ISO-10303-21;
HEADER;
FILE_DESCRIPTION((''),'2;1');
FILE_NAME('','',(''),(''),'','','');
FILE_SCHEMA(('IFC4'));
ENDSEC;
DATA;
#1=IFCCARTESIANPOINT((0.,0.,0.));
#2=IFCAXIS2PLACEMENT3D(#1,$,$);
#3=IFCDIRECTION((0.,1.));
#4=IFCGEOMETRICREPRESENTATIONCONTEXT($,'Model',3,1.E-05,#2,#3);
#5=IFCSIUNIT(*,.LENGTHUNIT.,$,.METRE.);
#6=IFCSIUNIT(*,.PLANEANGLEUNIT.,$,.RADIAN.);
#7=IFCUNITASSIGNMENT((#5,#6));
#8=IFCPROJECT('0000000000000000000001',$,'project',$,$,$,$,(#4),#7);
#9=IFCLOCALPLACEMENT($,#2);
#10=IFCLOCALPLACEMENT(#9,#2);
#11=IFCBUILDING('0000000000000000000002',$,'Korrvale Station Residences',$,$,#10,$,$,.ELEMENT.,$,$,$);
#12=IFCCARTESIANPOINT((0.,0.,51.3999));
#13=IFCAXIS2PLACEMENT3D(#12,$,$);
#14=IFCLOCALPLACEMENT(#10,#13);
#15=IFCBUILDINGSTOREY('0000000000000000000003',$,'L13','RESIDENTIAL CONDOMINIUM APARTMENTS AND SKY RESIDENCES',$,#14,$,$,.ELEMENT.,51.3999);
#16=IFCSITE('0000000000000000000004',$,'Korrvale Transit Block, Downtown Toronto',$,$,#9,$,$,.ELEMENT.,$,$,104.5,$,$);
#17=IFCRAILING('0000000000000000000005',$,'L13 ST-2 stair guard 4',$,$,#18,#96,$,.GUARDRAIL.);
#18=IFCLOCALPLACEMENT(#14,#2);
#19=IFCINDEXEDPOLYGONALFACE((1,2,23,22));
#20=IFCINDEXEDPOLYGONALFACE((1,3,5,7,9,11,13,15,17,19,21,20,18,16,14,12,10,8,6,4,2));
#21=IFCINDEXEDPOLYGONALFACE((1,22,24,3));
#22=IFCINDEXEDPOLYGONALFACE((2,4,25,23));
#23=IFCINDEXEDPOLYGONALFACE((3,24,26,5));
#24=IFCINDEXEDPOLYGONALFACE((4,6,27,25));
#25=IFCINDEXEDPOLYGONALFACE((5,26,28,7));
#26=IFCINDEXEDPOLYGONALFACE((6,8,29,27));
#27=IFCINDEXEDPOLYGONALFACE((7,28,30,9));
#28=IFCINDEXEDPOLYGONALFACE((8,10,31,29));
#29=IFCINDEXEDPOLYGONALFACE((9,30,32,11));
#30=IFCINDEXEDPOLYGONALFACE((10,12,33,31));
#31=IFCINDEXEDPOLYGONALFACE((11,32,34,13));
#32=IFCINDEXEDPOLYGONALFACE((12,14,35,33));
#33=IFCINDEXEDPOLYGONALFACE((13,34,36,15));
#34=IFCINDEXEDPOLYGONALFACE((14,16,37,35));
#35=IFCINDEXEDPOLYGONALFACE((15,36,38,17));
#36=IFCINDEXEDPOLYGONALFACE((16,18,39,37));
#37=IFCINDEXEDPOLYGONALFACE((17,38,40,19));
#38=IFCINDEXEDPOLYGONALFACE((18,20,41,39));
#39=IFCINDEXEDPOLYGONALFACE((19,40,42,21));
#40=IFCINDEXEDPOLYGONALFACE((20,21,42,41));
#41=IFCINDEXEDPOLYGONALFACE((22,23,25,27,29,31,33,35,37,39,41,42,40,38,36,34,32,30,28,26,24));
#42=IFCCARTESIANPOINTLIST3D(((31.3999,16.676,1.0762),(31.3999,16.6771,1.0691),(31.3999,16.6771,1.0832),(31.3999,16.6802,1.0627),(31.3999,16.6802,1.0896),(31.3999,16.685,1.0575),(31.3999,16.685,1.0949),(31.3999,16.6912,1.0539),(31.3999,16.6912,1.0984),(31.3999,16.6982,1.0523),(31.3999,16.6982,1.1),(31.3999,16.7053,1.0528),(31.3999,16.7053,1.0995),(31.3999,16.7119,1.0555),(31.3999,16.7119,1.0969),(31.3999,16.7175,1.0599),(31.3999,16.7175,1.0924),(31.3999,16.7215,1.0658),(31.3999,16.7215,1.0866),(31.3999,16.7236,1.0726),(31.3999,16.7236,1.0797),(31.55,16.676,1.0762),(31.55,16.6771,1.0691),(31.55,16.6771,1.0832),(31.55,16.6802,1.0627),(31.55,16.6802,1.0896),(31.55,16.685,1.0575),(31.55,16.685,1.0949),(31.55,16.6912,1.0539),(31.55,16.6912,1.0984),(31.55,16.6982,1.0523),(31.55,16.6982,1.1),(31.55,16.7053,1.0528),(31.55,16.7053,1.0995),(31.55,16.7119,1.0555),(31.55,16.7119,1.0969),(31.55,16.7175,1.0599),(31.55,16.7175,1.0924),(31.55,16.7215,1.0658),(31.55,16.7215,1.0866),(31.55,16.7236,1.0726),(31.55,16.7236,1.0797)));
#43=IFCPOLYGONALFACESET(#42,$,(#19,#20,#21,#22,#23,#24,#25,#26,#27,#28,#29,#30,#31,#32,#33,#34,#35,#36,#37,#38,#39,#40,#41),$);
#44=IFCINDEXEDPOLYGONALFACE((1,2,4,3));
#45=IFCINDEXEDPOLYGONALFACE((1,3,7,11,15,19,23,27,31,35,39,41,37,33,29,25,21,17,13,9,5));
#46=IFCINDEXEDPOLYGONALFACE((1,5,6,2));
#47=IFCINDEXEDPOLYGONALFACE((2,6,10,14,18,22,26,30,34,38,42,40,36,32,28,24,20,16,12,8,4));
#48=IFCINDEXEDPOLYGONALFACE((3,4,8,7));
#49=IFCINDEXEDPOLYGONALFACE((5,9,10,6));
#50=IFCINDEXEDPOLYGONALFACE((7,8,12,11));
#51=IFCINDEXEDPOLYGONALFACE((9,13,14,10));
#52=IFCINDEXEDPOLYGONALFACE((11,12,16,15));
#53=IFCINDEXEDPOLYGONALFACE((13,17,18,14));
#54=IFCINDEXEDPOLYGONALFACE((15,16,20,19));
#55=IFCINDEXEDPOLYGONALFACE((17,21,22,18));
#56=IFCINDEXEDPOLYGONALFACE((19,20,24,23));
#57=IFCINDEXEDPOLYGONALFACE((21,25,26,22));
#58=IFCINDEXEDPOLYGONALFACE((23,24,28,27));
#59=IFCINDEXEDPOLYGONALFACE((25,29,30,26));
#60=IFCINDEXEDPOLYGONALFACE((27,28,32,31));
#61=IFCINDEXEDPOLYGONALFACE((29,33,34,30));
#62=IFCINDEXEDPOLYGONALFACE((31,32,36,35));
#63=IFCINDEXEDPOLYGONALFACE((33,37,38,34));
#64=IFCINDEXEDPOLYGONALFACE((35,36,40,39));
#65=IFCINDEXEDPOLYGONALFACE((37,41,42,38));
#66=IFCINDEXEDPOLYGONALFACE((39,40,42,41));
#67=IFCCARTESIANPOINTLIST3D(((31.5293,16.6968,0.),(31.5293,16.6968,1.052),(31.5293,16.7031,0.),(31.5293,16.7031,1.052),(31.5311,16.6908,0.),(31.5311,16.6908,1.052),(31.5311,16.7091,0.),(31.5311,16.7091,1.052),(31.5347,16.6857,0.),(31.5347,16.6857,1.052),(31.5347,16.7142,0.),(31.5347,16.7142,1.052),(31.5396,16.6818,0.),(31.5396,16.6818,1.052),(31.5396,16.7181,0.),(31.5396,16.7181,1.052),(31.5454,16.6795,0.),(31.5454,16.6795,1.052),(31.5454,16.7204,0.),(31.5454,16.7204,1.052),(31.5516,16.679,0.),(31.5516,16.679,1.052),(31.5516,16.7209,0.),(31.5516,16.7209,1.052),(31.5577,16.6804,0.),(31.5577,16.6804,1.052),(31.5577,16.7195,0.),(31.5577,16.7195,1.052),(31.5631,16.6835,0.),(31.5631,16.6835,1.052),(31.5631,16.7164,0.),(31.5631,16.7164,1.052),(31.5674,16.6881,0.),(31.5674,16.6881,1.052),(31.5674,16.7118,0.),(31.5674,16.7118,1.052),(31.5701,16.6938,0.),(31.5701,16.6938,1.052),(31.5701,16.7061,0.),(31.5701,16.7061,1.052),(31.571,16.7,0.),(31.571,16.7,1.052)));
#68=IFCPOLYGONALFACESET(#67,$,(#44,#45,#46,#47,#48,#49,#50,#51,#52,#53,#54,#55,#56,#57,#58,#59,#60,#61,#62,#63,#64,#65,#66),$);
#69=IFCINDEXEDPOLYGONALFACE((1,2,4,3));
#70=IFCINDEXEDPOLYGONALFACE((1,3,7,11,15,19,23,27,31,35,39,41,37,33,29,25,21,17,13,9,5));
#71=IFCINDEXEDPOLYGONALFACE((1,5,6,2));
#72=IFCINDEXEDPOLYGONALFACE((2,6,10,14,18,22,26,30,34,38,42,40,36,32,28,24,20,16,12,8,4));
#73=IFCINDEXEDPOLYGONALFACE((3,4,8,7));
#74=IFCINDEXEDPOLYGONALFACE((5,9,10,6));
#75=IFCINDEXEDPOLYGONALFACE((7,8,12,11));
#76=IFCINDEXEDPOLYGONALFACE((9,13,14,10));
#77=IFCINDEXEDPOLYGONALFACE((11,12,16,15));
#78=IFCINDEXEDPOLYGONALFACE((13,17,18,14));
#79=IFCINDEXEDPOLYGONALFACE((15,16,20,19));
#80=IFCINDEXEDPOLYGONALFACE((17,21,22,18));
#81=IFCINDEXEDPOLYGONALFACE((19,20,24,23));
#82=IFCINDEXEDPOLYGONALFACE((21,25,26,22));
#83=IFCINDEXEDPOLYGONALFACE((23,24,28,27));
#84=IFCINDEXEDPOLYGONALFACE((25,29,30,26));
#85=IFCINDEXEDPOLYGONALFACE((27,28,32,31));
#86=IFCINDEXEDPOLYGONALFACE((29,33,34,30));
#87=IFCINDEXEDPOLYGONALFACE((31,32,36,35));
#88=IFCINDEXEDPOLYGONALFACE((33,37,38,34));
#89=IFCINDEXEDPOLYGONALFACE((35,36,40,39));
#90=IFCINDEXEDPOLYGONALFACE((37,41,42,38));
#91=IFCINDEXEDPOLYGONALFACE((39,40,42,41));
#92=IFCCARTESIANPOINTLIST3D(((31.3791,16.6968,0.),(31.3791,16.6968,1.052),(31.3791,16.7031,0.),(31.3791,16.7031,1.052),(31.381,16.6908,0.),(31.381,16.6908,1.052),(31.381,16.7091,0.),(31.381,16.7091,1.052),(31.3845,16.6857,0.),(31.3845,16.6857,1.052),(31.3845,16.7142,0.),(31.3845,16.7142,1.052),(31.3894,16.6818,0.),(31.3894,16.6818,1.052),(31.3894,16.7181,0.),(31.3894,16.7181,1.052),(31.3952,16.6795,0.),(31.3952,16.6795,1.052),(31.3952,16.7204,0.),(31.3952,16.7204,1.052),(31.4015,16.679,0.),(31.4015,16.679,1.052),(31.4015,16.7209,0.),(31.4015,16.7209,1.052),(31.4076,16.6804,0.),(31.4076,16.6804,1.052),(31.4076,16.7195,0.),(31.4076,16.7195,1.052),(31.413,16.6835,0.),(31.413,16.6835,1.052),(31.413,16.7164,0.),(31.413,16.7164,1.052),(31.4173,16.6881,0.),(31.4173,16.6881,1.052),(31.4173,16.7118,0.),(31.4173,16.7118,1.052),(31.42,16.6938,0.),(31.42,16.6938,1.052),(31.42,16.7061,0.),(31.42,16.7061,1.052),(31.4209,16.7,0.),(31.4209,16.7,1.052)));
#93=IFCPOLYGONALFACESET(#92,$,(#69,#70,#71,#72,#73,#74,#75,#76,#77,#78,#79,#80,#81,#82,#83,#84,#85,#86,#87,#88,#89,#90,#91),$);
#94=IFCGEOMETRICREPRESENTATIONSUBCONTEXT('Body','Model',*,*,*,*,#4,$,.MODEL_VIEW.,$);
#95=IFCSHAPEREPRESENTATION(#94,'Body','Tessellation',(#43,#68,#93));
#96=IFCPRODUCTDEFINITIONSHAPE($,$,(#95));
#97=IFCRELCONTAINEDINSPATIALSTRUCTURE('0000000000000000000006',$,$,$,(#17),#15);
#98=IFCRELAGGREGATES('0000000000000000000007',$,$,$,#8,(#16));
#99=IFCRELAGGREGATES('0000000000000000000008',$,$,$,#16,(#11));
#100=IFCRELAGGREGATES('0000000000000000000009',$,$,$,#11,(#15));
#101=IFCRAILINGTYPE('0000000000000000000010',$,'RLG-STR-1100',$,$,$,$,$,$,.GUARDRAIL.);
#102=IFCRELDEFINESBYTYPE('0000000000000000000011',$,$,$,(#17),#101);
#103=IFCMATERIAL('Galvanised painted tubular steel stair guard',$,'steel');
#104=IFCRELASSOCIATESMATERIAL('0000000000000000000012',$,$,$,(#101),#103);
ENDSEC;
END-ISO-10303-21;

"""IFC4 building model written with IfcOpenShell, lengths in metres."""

from ifc_helpers import new_model, si_unit, direction, frame, origin, origin_2d, place, context, subcontext, project, spatial, circle, extrude, material, type_object, element, save


model = new_model("IFC4")

# Units and contexts
model_context = context("Model", 3, precision=1e-05, world=origin(), true_north=direction((0.0, 1.0)))
body_context = subcontext(model_context, "Body", "Model", "MODEL_VIEW")
ifc_project = project(units=[si_unit("LENGTHUNIT", "METRE"), si_unit("PLANEANGLEUNIT", "RADIAN")], contexts=[model_context])

# Site, building, storey
site_placement = place(None, origin())
site = spatial("IfcSite", under=ifc_project, at=site_placement, Name="Korrvale Transit Block, Downtown Toronto", CompositionType="ELEMENT", RefElevation=104.5)
building_placement = place(site_placement, origin())
building = spatial("IfcBuilding", under=site, at=building_placement, Name="Korrvale Station Residences", CompositionType="ELEMENT")
storey_placement = place(building_placement, frame((0.0, 0.0, 51.3999)))
storey = spatial("IfcBuildingStorey", under=building, at=storey_placement, Name="L13", Description="RESIDENTIAL CONDOMINIUM APARTMENTS AND SKY RESIDENCES", CompositionType="ELEMENT", Elevation=51.3999)

# Railing
ifc_material_1 = material(Name="Galvanised painted tubular steel stair guard", Category="steel")
railing_type_1 = type_object("IfcRailingType", Name="RLG-STR-1100", PredefinedType="GUARDRAIL", material=ifc_material_1)
railing_1_placement = place(storey_placement, frame((31.55, 16.7, 0.0)))
element("IfcRailing", 1, at=railing_1_placement, inside=storey, type_object=railing_type_1, Name="L13 ST-2 stair guard 4", PredefinedType="GUARDRAIL", context=body_context, shape_type="SweptSolid", body=[
    extrude(circle(Radius=0.0239, at=origin_2d()), frame((0.0, 0.0, 1.0762), z_axis=(-1.0, 0.0, 0.0), x_axis=(0.0, -1.0, 0.0)), (0.0, 0.0, 1.0), 0.1501),
    extrude(circle(Radius=0.021, at=origin_2d()), origin(), (0.0, 0.0, 1.0), 1.052),
    extrude(circle(Radius=0.021, at=origin_2d()), frame((-0.1501, 0.0, 0.0)), (0.0, 0.0, 1.0), 1.052),
])

save(model, "model.ifc")
